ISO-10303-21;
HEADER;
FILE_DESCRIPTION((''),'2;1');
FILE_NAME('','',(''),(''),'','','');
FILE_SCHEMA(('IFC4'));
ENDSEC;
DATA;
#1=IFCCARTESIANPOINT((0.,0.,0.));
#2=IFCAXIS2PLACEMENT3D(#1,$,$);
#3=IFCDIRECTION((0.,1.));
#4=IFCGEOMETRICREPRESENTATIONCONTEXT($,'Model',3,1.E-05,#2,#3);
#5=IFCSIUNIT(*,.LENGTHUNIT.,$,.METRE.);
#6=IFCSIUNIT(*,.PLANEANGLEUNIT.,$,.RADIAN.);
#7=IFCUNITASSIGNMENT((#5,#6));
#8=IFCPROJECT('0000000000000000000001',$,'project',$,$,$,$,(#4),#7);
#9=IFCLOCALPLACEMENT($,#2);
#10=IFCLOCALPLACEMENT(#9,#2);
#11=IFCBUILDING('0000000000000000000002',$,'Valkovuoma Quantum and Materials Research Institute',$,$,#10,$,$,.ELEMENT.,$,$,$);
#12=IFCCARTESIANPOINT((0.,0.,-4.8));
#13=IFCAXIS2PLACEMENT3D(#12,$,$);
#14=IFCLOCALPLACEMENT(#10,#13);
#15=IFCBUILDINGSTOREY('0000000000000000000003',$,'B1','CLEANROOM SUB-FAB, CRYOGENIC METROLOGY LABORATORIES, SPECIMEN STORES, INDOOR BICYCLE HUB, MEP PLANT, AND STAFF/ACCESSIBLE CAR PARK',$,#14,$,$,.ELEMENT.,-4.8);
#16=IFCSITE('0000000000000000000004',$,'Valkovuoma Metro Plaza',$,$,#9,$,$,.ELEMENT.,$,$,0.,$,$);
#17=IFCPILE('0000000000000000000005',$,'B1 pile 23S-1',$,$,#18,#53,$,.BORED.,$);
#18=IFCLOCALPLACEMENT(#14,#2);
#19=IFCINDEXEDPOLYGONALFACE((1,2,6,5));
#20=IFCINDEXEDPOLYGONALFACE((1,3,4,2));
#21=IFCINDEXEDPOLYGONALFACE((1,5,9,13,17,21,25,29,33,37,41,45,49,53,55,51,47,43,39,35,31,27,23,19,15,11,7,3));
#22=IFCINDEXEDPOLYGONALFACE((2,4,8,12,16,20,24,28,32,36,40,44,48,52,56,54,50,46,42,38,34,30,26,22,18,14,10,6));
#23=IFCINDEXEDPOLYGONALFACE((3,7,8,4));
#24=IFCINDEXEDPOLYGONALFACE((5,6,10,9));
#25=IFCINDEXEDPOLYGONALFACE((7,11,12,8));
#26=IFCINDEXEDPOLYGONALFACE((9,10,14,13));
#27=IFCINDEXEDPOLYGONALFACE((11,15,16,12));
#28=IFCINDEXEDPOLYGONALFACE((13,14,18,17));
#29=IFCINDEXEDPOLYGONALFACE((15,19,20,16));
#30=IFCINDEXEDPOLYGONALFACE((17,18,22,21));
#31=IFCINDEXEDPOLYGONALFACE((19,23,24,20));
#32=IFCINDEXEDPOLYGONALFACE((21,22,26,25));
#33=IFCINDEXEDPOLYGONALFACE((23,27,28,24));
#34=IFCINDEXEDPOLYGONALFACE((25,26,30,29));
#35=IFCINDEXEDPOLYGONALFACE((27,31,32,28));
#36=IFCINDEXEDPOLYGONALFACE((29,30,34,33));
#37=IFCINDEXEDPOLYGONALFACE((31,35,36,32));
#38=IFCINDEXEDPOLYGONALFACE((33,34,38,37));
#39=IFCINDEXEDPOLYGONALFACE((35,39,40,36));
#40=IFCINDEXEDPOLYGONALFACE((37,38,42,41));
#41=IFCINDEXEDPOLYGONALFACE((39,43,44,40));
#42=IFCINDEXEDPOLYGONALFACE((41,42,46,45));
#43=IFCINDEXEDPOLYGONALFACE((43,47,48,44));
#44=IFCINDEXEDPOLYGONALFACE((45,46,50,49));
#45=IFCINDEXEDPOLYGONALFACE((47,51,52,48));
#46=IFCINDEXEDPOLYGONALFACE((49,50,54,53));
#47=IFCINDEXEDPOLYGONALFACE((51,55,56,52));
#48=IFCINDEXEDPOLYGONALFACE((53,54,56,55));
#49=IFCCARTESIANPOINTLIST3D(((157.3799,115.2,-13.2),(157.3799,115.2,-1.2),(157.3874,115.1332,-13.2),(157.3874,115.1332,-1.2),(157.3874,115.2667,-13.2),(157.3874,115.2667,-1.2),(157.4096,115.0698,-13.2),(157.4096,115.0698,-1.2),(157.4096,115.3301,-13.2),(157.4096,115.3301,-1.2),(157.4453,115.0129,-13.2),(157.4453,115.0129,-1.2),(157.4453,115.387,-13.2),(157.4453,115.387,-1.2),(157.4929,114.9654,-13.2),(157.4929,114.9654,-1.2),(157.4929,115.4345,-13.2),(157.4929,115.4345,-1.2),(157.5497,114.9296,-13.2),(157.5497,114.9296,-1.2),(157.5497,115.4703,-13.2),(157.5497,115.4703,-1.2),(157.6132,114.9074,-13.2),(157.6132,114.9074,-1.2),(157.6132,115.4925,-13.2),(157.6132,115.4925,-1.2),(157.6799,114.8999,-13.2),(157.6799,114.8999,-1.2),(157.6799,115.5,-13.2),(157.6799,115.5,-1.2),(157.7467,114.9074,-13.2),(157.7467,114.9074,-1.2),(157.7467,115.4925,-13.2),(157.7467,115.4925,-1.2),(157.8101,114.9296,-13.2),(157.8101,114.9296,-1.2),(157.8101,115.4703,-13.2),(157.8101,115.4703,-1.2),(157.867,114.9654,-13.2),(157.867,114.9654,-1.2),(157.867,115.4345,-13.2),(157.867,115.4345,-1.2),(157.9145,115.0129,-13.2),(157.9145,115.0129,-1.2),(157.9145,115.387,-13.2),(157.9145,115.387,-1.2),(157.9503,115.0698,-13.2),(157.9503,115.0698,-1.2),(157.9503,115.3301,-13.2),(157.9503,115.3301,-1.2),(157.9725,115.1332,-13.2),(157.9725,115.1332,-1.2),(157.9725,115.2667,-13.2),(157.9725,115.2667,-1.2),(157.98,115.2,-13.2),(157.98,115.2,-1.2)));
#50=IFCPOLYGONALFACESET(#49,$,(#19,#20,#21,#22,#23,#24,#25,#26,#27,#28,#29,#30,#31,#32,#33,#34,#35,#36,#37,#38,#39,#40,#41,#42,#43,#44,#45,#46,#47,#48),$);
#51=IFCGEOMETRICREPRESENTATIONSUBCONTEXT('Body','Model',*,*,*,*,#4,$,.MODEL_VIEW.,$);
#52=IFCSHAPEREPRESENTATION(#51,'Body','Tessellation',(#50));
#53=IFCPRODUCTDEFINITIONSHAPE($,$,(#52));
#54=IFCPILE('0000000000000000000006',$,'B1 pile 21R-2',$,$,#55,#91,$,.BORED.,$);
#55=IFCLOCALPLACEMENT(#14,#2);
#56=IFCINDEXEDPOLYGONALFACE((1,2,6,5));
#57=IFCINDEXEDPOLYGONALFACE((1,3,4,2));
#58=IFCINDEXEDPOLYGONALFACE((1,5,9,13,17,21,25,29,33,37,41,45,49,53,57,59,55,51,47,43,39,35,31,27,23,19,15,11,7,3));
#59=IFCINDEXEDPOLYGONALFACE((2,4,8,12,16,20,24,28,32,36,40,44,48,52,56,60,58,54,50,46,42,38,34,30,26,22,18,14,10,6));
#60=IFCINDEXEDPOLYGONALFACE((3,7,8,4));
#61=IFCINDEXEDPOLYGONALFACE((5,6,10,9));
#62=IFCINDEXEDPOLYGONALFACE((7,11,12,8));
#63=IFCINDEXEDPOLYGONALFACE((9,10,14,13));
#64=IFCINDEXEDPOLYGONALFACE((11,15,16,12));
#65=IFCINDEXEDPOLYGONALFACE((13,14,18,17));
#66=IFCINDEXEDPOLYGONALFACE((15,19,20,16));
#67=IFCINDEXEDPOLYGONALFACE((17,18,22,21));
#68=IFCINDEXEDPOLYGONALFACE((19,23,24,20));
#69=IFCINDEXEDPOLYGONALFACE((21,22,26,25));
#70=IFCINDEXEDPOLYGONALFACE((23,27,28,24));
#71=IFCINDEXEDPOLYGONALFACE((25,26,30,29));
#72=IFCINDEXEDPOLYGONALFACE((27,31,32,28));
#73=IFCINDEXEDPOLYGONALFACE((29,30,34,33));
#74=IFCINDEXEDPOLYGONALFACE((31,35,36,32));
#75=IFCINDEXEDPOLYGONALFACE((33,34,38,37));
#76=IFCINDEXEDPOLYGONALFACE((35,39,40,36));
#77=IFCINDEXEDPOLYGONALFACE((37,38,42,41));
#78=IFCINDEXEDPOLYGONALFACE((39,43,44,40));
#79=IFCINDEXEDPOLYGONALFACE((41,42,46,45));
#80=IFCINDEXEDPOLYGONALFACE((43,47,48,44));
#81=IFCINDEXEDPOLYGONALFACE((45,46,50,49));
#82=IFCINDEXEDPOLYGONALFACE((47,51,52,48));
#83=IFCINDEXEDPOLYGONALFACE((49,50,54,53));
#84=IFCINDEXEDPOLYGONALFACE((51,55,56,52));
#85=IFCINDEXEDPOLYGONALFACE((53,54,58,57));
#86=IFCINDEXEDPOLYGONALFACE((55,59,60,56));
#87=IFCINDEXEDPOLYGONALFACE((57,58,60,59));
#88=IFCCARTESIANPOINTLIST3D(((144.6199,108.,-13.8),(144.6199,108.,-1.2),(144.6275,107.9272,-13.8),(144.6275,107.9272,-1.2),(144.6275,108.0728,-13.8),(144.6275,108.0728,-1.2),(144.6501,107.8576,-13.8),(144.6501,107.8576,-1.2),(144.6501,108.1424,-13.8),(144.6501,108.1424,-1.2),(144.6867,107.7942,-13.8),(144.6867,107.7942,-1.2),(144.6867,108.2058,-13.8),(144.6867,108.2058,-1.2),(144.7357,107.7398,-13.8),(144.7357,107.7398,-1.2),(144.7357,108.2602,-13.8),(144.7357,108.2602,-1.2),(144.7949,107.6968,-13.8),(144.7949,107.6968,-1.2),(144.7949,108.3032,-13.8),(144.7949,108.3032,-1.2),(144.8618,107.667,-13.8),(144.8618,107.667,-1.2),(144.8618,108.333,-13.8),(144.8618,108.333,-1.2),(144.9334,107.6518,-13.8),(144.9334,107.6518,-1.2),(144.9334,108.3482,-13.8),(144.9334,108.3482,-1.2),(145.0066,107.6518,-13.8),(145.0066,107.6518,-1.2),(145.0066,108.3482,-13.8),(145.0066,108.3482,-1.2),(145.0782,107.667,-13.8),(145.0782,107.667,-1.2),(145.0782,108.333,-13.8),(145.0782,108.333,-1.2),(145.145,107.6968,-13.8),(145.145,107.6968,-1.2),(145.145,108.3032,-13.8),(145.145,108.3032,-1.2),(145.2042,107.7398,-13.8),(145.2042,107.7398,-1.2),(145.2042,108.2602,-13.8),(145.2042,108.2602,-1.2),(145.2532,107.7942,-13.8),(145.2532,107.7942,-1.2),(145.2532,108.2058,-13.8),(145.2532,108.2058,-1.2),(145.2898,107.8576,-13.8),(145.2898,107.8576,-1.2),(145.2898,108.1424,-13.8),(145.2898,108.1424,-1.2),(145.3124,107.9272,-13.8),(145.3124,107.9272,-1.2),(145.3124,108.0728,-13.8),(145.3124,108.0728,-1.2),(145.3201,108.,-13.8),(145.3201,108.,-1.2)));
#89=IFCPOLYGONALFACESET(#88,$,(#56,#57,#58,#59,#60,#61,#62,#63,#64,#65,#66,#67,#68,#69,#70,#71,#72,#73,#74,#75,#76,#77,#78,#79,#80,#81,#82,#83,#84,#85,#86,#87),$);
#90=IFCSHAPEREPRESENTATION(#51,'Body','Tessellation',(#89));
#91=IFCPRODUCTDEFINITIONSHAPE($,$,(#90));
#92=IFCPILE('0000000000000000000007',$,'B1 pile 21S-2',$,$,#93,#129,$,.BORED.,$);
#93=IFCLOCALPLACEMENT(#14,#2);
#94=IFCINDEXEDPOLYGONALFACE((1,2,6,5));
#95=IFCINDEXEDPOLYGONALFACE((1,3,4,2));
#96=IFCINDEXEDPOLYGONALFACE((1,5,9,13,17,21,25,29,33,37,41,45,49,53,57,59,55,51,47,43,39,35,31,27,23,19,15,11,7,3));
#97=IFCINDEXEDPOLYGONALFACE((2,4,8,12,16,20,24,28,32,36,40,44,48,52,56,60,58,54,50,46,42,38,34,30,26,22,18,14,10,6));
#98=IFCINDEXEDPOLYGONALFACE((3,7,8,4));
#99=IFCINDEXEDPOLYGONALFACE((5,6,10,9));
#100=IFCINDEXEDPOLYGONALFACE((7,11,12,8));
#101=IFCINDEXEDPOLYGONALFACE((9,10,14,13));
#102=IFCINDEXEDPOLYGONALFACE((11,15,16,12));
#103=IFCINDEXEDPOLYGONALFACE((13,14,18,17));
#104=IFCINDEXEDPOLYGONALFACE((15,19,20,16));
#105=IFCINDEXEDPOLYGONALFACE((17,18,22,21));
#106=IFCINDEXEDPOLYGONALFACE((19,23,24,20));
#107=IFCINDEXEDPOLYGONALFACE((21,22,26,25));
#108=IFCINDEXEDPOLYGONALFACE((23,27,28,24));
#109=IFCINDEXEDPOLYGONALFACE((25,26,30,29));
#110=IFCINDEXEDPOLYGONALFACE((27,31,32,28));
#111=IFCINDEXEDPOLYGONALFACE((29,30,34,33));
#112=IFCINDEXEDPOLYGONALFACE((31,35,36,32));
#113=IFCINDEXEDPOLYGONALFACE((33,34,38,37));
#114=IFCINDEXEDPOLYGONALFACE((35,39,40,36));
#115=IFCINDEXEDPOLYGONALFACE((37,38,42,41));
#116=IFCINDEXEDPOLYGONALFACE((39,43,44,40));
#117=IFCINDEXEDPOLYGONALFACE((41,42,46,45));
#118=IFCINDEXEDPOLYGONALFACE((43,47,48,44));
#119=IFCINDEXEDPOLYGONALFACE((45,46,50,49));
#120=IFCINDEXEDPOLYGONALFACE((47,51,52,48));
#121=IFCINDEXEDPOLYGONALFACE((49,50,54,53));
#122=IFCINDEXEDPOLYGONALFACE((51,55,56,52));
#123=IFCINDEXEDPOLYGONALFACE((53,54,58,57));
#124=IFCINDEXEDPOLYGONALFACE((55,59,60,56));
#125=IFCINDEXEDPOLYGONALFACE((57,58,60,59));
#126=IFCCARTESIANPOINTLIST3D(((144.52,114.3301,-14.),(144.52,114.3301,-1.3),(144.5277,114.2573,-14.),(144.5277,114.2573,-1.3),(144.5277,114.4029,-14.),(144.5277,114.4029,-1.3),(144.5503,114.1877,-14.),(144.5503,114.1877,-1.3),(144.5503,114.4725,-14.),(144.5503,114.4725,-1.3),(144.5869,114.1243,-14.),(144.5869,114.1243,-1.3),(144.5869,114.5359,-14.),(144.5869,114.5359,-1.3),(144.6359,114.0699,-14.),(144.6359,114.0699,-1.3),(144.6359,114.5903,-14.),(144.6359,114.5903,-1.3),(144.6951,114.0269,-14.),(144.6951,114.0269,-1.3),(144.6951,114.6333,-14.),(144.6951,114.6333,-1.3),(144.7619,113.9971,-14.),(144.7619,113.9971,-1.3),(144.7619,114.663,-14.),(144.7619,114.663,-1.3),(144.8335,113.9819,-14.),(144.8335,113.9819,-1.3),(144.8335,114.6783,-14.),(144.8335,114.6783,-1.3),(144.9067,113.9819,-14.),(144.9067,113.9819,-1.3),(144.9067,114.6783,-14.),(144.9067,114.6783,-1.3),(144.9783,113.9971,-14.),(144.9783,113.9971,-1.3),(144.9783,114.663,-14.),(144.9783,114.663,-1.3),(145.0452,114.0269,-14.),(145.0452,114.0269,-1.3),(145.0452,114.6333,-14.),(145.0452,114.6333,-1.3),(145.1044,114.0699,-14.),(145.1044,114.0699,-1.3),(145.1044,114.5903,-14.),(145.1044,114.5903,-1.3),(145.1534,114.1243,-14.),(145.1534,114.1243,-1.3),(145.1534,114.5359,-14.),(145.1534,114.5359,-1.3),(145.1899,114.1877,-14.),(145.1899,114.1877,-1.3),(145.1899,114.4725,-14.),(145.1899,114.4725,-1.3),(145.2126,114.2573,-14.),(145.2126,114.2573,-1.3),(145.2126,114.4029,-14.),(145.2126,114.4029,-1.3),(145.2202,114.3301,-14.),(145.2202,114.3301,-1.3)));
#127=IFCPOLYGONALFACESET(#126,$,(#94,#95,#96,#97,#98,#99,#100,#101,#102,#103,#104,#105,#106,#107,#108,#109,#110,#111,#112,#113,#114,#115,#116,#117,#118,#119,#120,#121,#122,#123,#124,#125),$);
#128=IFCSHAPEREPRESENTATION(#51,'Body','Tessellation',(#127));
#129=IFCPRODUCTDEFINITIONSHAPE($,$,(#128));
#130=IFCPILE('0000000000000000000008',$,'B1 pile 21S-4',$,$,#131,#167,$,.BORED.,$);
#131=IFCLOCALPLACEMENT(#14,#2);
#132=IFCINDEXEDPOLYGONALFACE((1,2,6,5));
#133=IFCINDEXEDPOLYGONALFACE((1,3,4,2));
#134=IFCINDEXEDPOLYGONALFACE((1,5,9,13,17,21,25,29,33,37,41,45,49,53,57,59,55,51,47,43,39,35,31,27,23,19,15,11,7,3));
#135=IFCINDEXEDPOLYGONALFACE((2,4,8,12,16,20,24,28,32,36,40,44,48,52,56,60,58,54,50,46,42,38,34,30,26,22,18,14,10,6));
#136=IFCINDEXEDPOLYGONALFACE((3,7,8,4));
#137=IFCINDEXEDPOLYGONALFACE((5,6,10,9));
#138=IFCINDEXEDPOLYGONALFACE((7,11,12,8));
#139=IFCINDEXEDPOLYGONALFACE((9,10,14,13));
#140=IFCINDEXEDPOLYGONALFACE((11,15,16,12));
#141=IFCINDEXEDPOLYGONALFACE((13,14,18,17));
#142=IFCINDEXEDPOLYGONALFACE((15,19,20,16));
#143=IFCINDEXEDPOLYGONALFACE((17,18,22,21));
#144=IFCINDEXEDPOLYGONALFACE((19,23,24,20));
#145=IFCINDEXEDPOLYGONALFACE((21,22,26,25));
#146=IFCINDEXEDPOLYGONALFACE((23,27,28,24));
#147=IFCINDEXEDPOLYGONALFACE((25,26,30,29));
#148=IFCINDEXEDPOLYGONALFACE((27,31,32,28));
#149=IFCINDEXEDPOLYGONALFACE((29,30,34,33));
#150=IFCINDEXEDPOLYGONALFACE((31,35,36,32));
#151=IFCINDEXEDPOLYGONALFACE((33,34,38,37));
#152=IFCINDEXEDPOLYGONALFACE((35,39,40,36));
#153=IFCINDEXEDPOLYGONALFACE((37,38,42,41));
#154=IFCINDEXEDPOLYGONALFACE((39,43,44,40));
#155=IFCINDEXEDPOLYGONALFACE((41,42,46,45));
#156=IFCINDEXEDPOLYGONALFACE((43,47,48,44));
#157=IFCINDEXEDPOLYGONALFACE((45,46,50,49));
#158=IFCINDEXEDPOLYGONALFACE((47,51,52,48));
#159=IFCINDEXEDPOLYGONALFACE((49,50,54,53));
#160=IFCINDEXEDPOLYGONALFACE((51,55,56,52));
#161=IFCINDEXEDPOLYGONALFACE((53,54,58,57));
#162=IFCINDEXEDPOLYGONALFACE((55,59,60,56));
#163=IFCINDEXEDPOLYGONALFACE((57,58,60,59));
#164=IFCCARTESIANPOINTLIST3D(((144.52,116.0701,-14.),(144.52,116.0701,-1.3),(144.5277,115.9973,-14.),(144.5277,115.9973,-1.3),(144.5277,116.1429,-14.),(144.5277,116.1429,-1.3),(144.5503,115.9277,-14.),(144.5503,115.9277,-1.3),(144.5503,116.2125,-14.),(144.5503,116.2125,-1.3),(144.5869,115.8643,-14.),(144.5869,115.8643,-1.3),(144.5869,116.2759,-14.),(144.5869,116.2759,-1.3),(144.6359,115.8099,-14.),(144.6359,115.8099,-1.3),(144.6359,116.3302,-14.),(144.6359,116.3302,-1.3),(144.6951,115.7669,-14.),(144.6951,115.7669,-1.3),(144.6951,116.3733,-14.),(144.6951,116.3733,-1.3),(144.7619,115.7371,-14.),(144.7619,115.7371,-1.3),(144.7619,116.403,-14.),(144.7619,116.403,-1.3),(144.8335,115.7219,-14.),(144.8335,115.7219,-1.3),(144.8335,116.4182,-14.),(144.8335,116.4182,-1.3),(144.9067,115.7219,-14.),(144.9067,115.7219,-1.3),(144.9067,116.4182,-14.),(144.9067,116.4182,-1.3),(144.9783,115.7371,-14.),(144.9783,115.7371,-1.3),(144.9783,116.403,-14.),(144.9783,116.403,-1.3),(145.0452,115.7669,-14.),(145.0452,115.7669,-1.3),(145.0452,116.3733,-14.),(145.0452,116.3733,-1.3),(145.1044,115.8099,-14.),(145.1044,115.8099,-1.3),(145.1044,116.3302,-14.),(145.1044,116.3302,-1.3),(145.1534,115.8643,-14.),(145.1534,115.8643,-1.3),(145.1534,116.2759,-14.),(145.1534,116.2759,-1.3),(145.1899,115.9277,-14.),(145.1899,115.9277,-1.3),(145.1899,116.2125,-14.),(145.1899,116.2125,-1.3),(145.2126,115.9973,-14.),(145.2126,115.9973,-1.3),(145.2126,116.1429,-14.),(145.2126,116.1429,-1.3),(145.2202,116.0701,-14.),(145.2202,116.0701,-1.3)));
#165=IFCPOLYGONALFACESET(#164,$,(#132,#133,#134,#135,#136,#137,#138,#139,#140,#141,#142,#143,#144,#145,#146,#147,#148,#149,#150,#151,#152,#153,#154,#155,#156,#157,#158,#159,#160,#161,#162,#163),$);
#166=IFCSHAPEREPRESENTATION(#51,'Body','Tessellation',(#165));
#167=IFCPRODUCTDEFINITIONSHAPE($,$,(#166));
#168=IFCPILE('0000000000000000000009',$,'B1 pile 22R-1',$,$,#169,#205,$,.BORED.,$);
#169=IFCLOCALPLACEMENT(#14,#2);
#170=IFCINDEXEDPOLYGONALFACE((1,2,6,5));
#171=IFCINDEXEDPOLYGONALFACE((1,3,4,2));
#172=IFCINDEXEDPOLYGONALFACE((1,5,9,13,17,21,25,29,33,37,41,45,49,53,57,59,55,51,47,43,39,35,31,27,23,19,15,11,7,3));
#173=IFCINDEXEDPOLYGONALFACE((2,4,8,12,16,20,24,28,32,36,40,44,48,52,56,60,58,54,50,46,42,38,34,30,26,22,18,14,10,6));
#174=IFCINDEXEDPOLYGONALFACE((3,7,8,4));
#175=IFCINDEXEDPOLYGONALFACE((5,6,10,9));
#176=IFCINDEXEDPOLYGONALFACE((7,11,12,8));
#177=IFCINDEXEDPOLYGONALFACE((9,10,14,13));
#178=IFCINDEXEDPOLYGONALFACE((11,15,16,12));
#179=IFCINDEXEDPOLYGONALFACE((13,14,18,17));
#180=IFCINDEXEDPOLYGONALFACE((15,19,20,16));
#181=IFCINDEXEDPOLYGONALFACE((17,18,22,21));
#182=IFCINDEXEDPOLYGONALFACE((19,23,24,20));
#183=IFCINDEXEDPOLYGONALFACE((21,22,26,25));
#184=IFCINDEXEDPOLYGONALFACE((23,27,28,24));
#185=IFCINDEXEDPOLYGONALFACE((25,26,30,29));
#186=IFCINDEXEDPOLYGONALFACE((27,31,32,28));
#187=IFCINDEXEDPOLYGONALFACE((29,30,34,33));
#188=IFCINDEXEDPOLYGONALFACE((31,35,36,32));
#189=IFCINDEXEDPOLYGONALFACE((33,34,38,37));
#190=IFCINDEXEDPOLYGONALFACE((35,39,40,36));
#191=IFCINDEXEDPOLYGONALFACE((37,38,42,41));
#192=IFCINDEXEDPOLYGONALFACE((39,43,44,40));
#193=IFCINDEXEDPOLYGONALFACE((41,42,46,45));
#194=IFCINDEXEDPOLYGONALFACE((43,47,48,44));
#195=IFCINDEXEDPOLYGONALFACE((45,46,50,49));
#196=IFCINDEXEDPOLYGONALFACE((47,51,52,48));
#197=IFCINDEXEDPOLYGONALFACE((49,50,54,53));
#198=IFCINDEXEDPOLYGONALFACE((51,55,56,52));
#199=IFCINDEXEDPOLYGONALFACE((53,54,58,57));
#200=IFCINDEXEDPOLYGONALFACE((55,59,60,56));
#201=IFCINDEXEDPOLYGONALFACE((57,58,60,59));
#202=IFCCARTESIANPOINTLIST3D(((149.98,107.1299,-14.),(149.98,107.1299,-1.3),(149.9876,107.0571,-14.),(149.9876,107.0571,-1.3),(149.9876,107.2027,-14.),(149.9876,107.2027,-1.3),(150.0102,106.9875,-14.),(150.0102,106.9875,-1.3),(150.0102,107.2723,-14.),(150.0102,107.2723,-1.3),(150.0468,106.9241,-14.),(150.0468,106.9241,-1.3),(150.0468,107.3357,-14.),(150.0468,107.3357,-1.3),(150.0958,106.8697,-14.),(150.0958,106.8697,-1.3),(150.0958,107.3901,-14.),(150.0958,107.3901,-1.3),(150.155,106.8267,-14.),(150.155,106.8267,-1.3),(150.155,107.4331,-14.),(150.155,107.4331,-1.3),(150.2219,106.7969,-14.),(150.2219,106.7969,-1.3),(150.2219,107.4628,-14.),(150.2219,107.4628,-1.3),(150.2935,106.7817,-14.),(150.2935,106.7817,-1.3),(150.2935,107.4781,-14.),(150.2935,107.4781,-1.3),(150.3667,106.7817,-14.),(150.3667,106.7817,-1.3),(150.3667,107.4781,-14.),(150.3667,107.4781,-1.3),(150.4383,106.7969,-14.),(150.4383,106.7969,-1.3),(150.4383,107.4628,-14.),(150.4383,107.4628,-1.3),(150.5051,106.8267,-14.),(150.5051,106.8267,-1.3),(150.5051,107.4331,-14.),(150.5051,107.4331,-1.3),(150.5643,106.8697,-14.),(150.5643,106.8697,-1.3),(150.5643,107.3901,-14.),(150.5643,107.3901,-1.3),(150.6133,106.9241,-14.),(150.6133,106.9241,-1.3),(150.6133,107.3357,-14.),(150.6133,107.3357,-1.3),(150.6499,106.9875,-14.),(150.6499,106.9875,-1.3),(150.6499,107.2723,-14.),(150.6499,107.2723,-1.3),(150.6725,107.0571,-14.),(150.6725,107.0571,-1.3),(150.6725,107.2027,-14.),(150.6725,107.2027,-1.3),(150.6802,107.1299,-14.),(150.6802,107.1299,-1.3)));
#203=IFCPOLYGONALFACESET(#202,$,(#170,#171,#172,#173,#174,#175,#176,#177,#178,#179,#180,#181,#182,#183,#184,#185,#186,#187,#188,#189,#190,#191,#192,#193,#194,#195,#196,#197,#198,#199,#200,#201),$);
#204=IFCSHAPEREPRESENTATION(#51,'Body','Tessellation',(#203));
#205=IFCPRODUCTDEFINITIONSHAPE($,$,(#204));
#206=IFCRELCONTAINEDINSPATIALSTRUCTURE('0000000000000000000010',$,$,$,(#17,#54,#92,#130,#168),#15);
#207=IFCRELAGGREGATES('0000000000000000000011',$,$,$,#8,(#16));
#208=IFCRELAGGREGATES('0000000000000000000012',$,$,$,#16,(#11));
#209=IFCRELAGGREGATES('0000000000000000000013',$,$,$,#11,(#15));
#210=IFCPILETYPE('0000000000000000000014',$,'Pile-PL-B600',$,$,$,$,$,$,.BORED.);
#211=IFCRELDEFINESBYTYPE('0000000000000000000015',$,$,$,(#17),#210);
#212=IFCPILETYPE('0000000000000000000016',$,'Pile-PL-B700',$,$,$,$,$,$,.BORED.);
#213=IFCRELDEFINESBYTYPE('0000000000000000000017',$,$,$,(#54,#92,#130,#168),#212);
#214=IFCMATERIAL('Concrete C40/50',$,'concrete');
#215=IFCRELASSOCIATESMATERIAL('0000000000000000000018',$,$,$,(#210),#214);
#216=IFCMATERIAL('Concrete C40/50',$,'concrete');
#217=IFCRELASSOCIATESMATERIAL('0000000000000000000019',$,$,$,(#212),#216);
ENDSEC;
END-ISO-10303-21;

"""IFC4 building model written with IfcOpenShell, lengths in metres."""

from ifc_helpers import new_model, si_unit, direction, frame, origin, origin_2d, place, context, subcontext, project, spatial, circle, extrude, material, material_profile, profile_set, type_object, element, save


model = new_model("IFC4")

# Units and contexts
model_context = context("Model", 3, precision=1e-05, world=origin(), true_north=direction((0.0, 1.0)))
body_context = subcontext(model_context, "Body", "Model", "MODEL_VIEW")
ifc_project = project(units=[si_unit("LENGTHUNIT", "METRE"), si_unit("PLANEANGLEUNIT", "RADIAN")], contexts=[model_context])

# Site, building, storey
site_placement = place(None, origin())
site = spatial("IfcSite", under=ifc_project, at=site_placement, Name="Valkovuoma Metro Plaza", CompositionType="ELEMENT", RefElevation=0.0)
building_placement = place(site_placement, origin())
building = spatial("IfcBuilding", under=site, at=building_placement, Name="Valkovuoma Quantum and Materials Research Institute", CompositionType="ELEMENT")
storey_placement = place(building_placement, frame((0.0, 0.0, -4.8)))
storey = spatial("IfcBuildingStorey", under=building, at=storey_placement, Name="B1", Description="CLEANROOM SUB-FAB, CRYOGENIC METROLOGY LABORATORIES, SPECIMEN STORES, INDOOR BICYCLE HUB, MEP PLANT, AND STAFF/ACCESSIBLE CAR PARK", CompositionType="ELEMENT", Elevation=-4.8)

# Piles
ifc_material_1 = material(Name="Concrete C40/50", Category="concrete")
ifc_material_profile_1 = material_profile(ifc_material_1, circle(Radius=0.3, at=origin_2d()), Name="Concrete C40/50")
ifc_profile_set_1 = profile_set([ifc_material_profile_1], Name="Concrete C40/50")
pile_type_1 = type_object("IfcPileType", Name="Pile-PL-B600", PredefinedType="BORED", material=ifc_profile_set_1)
pile_1_placement = place(storey_placement, frame((157.6799, 115.2, -1.2), z_axis=(0.0, 0.0, -1.0), x_axis=(1.0, 0.0, 0.0)))
element("IfcPile", 1, at=pile_1_placement, inside=storey, type_object=pile_type_1, Name="B1 pile 23S-1", PredefinedType="BORED", context=body_context, shape_type="SweptSolid", body=[
    extrude(circle(Radius=0.3, at=origin_2d()), origin(), (0.0, 0.0, 1.0), 12.0),
])
ifc_material_2 = material(Name="Concrete C40/50", Category="concrete")
ifc_material_profile_2 = material_profile(ifc_material_2, circle(Radius=0.3501, at=origin_2d()), Name="Concrete C40/50")
ifc_profile_set_2 = profile_set([ifc_material_profile_2], Name="Concrete C40/50")
pile_type_2 = type_object("IfcPileType", Name="Pile-PL-B700", PredefinedType="BORED", material=ifc_profile_set_2)
pile_2_placement = place(storey_placement, frame((144.97, 108.0, -1.2), z_axis=(0.0, 0.0, -1.0), x_axis=(1.0, 0.0, 0.0)))
element("IfcPile", 2, at=pile_2_placement, inside=storey, type_object=pile_type_2, Name="B1 pile 21R-2", PredefinedType="BORED", context=body_context, shape_type="SweptSolid", body=[
    extrude(circle(Radius=0.3501, at=origin_2d()), origin(), (0.0, 0.0, 1.0), 12.6001),
])
for number, where, z_axis, x_axis, name in (
    (3, (144.8701, 114.3301, -1.3), (0.0, 0.0, -1.0), (1.0, 0.0, 0.0), "B1 pile 21S-2"),
    (4, (144.8701, 116.0701, -1.3), (0.0, 0.0, -1.0), (1.0, 0.0, 0.0), "B1 pile 21S-4"),
    (5, (150.3301, 107.1299, -1.3), (0.0, 0.0, -1.0), (1.0, 0.0, 0.0), "B1 pile 22R-1"),
):
    element("IfcPile", number, at=place(storey_placement, frame(where, z_axis=z_axis, x_axis=x_axis)), inside=storey, type_object=pile_type_2, Name=name, PredefinedType="BORED", context=body_context, shape_type="SweptSolid", body=[
        extrude(circle(Radius=0.3501, at=origin_2d()), origin(), (0.0, 0.0, 1.0), 12.7),
    ])

save(model, "model.ifc")
